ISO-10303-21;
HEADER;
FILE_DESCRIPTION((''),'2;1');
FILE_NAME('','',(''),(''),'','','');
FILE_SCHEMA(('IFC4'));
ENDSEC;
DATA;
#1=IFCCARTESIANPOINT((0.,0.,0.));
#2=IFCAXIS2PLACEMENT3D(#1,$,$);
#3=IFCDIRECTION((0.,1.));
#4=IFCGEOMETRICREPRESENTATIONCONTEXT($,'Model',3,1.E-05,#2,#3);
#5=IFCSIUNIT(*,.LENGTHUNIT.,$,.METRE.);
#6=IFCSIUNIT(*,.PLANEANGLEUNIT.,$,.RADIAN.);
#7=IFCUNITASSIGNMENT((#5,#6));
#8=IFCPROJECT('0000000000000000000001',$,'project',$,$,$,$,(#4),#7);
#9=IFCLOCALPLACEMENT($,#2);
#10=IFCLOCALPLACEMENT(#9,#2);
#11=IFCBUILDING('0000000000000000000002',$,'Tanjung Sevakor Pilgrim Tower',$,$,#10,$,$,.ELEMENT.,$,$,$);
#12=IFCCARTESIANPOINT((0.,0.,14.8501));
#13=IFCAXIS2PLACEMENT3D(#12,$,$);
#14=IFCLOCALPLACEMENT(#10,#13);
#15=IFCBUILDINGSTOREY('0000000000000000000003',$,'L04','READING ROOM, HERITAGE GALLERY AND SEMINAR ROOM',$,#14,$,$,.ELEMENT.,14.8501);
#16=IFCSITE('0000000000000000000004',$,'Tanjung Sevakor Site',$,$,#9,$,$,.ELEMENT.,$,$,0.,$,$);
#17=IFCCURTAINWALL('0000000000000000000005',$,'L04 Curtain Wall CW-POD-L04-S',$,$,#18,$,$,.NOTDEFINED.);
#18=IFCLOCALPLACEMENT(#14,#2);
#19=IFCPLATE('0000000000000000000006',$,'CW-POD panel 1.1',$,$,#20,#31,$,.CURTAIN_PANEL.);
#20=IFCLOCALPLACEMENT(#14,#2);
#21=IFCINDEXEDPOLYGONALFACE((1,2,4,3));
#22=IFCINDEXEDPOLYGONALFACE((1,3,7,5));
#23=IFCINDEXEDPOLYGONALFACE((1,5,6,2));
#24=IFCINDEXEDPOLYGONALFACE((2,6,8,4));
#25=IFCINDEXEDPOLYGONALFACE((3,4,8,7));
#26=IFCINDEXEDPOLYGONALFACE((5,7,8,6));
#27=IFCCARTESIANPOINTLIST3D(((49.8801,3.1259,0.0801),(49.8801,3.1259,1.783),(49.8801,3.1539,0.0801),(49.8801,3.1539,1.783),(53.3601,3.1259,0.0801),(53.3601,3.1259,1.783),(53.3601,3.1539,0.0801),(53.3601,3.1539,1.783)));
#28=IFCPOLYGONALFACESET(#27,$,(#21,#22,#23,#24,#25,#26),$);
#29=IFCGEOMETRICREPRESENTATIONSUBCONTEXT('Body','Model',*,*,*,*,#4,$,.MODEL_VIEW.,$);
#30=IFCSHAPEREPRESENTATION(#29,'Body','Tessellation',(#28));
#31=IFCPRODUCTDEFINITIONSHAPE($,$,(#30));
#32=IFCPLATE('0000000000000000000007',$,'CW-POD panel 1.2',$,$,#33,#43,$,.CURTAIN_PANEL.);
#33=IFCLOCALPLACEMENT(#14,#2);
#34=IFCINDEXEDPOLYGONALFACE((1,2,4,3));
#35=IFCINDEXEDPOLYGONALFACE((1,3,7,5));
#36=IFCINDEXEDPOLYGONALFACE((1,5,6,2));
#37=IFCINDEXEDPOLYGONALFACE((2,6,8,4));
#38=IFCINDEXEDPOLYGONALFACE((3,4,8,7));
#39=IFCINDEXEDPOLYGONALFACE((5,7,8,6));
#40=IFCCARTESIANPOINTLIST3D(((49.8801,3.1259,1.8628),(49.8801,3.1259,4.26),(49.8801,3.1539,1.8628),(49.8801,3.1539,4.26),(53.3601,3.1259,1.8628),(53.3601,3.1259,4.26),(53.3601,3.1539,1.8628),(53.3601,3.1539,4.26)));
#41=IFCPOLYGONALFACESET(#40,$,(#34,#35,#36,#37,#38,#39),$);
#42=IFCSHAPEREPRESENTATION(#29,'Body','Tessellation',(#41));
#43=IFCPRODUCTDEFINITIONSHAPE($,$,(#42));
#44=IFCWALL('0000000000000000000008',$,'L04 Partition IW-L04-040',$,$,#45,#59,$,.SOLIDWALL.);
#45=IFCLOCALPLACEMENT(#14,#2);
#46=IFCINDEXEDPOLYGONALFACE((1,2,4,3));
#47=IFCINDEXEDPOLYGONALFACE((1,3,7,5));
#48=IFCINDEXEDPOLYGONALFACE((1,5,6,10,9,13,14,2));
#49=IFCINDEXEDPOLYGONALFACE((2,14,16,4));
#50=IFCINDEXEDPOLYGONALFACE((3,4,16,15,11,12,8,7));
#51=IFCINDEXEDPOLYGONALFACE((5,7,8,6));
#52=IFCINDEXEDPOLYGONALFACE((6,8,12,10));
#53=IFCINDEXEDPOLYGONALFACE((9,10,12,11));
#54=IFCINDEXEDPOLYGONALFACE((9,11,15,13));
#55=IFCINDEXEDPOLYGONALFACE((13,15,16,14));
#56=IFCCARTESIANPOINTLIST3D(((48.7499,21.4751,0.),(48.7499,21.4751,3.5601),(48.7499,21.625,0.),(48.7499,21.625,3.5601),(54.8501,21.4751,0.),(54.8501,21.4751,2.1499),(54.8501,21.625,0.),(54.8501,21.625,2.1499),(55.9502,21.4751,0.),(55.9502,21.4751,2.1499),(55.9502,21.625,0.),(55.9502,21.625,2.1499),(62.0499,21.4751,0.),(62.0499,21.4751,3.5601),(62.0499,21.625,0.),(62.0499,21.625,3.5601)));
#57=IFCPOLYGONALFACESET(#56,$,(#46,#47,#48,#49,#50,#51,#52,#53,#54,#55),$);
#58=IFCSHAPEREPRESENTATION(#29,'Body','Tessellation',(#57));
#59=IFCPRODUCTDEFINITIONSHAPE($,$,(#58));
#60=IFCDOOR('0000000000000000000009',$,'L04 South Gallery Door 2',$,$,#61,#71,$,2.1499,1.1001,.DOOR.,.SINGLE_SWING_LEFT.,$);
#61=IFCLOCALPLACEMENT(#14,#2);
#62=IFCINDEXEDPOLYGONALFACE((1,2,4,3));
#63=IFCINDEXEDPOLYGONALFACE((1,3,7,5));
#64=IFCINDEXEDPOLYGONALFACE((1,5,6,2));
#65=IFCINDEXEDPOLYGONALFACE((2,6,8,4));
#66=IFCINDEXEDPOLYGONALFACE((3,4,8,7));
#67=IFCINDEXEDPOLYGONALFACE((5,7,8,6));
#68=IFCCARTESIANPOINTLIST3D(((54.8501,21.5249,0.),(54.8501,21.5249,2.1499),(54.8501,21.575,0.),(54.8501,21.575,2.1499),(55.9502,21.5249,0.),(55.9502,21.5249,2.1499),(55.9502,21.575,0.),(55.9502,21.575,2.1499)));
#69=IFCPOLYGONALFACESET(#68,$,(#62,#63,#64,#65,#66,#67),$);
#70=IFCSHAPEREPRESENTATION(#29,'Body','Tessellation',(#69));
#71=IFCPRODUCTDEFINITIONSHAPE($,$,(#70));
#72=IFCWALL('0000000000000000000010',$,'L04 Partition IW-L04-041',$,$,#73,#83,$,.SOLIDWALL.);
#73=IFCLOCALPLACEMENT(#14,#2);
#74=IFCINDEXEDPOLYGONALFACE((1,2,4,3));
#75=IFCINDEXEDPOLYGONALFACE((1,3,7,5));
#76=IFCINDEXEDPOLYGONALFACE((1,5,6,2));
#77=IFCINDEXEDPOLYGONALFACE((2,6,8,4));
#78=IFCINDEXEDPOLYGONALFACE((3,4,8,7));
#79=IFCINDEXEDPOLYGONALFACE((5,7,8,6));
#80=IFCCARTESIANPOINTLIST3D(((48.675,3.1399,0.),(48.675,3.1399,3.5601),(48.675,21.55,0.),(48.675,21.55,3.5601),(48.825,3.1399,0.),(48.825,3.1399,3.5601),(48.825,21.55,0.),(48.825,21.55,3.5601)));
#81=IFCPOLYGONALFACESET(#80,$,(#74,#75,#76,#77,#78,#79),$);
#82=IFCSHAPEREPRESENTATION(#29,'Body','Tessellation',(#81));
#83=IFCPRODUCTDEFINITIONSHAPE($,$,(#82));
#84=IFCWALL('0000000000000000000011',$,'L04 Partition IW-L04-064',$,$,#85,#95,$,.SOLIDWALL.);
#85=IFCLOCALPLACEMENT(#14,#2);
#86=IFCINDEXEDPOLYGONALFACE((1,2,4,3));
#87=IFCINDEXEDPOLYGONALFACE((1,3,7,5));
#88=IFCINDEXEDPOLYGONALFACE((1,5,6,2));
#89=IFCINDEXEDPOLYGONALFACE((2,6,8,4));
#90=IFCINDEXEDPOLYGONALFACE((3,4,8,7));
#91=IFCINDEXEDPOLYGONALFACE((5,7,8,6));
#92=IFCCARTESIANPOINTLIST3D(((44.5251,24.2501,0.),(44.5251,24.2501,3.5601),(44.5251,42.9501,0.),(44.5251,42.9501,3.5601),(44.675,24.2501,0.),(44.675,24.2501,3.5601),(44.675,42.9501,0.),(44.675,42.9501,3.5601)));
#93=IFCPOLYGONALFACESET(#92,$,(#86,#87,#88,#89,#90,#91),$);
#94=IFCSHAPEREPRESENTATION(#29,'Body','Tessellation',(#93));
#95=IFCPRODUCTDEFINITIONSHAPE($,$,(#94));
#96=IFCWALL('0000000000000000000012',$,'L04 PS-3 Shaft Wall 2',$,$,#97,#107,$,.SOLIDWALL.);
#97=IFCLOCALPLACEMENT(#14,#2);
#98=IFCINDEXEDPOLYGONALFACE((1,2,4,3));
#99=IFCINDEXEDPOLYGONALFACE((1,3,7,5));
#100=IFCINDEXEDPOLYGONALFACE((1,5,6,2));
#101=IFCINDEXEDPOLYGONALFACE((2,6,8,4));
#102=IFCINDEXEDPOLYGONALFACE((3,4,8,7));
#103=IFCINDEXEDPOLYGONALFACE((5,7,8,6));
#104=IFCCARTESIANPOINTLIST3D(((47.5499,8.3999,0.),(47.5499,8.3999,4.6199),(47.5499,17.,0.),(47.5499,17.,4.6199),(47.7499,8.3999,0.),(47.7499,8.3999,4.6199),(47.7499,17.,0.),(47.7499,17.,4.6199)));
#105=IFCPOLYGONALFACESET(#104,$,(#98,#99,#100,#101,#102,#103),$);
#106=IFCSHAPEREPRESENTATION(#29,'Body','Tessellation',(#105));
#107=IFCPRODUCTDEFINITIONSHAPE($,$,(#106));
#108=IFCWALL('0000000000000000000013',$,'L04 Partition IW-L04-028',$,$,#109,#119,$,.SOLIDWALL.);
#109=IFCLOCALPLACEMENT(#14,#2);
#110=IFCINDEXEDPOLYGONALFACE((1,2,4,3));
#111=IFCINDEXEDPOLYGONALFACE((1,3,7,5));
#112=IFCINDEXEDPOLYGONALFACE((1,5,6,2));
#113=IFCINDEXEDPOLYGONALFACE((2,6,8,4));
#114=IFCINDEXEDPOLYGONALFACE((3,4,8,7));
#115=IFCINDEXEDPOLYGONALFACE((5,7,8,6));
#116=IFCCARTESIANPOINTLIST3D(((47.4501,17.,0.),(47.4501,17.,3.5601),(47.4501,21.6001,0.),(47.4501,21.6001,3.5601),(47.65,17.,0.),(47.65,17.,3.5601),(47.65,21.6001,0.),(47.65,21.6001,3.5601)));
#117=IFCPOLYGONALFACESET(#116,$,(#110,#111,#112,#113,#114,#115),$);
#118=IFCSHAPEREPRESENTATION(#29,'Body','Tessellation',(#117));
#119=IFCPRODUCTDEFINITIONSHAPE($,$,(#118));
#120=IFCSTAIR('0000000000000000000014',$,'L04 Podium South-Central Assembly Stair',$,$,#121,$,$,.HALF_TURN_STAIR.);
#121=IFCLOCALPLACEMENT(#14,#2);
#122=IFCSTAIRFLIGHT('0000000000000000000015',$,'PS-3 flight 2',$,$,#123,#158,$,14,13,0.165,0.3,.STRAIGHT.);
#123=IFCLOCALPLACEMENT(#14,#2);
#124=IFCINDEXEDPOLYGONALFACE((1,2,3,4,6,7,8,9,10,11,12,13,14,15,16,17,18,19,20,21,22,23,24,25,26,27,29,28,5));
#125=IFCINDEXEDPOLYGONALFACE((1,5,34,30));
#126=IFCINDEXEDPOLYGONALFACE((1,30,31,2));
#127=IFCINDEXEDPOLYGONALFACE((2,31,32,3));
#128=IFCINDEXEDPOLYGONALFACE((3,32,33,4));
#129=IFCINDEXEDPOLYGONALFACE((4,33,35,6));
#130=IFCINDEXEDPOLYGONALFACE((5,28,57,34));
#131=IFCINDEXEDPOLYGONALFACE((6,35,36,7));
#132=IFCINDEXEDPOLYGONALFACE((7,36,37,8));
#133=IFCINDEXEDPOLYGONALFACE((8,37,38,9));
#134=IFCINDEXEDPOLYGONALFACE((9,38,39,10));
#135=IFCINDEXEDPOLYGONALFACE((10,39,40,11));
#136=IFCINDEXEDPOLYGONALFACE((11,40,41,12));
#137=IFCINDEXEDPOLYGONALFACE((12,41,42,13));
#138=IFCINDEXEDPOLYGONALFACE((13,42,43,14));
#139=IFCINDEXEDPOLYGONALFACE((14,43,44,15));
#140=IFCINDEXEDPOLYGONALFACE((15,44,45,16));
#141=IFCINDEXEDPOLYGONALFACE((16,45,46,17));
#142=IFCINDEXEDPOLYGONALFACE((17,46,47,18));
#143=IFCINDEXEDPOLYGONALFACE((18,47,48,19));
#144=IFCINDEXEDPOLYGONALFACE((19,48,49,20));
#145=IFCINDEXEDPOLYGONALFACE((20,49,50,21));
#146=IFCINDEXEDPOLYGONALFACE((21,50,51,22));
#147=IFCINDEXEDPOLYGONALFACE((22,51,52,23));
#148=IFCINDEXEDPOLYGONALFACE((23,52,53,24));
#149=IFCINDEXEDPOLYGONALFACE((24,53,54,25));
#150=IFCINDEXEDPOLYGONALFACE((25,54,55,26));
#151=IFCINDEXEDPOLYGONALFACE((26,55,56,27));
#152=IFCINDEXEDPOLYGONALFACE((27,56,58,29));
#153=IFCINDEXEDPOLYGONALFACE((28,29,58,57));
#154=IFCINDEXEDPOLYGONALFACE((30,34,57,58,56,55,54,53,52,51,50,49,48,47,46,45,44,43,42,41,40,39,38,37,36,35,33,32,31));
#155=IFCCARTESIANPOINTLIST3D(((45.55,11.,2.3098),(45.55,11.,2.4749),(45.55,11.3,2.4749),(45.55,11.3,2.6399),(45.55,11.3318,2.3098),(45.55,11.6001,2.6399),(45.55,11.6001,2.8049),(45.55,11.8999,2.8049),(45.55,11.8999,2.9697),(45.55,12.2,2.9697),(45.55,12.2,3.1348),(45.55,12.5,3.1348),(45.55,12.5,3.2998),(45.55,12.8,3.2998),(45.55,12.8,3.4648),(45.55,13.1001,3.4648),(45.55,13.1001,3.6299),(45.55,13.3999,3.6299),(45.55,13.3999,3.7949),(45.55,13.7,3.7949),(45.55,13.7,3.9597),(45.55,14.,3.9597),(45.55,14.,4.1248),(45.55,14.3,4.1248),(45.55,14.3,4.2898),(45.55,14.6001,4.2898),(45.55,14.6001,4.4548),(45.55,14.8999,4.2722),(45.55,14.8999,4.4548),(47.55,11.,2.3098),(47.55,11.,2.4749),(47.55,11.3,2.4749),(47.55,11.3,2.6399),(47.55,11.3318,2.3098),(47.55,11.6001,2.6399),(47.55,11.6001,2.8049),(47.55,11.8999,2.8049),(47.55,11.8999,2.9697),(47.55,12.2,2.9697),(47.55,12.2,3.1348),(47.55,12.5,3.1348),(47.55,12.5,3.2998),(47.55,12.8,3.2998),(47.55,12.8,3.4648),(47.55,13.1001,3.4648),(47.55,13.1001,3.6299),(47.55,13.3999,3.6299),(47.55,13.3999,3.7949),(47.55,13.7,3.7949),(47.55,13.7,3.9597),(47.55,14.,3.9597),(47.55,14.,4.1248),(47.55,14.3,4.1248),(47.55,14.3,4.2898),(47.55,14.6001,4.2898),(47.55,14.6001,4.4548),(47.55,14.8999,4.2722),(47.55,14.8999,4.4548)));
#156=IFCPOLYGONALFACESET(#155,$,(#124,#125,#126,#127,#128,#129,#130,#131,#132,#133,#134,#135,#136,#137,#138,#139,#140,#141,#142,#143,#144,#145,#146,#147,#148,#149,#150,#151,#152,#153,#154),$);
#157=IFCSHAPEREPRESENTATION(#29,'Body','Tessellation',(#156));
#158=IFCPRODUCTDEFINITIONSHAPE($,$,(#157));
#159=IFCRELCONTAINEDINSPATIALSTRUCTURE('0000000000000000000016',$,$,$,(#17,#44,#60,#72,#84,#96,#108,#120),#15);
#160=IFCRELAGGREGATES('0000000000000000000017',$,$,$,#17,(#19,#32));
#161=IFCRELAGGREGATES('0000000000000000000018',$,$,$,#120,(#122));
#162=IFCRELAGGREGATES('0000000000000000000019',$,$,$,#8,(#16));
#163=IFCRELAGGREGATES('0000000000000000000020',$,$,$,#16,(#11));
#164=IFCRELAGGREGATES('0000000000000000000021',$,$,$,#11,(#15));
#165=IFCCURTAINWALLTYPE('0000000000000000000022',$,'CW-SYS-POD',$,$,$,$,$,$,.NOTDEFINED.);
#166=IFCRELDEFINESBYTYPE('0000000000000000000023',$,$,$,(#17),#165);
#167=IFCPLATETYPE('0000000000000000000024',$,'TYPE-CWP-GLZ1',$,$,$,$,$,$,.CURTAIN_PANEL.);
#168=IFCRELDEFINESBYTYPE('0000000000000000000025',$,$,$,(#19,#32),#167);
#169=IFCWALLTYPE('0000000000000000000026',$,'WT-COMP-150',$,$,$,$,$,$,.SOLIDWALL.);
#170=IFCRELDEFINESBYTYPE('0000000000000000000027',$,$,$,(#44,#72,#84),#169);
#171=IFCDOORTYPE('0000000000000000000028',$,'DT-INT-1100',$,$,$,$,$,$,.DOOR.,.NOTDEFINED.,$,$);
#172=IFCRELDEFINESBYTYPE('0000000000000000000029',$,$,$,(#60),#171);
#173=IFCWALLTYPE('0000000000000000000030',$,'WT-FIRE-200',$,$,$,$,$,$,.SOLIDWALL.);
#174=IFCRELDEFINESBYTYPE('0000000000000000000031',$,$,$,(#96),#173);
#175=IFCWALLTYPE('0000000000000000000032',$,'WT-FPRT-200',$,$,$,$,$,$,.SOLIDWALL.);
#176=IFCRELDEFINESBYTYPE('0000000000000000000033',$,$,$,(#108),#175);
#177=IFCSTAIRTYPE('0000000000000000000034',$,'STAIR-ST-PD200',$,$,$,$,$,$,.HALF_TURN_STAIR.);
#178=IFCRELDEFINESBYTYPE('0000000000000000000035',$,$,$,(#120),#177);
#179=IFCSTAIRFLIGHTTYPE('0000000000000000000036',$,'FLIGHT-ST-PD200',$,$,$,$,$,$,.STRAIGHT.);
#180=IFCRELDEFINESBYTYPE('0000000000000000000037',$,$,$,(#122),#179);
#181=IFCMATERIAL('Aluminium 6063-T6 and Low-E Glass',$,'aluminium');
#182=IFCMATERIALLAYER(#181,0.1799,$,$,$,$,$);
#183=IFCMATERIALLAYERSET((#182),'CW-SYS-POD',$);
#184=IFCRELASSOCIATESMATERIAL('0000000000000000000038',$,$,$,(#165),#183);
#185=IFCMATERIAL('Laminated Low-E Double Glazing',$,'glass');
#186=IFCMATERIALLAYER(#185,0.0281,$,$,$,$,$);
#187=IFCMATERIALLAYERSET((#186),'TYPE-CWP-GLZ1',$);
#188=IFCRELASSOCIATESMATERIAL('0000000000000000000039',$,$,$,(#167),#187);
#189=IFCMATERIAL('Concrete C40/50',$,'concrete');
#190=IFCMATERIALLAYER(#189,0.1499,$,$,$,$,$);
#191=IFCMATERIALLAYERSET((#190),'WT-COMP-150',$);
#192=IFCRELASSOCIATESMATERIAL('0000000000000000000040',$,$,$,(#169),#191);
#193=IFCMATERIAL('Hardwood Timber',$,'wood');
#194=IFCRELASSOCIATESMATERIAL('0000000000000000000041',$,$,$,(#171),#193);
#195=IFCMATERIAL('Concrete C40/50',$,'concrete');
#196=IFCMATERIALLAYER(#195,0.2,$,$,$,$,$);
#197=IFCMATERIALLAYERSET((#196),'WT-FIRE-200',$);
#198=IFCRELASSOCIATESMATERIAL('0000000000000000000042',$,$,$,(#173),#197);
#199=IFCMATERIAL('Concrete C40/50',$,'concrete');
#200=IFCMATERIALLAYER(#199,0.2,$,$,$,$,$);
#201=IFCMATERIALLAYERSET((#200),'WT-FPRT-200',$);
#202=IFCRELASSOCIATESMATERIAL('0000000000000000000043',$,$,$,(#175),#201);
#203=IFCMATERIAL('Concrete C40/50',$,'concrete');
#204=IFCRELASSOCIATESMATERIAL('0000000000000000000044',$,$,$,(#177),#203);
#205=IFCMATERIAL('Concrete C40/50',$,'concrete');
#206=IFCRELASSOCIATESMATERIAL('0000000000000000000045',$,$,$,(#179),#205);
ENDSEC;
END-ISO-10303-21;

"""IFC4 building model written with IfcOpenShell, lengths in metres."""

from ifc_helpers import new_model, si_unit, direction, frame, frame_2d, origin, origin_2d, place, context, subcontext, project, spatial, polyline, rectangle, outline, extrude, material, layer, layer_set, type_object, element, fill, aggregate, save


model = new_model("IFC4")

# Units and contexts
model_context = context("Model", 3, precision=1e-05, world=origin(), true_north=direction((0.0, 1.0)))
body_context = subcontext(model_context, "Body", "Model", "MODEL_VIEW")
ifc_project = project(units=[si_unit("LENGTHUNIT", "METRE"), si_unit("PLANEANGLEUNIT", "RADIAN")], contexts=[model_context])

# Site, building, storey
site_placement = place(None, origin())
site = spatial("IfcSite", under=ifc_project, at=site_placement, Name="Tanjung Sevakor Site", CompositionType="ELEMENT", RefElevation=0.0)
building_placement = place(site_placement, origin())
building = spatial("IfcBuilding", under=site, at=building_placement, Name="Tanjung Sevakor Pilgrim Tower", CompositionType="ELEMENT")
storey_placement = place(building_placement, frame((0.0, 0.0, 14.8501)))
storey = spatial("IfcBuildingStorey", under=building, at=storey_placement, Name="L04", Description="READING ROOM, HERITAGE GALLERY AND SEMINAR ROOM", CompositionType="ELEMENT", Elevation=14.8501)

# Curtain wall, plates
ifc_material_1 = material(Name="Aluminium 6063-T6 and Low-E Glass", Category="aluminium")
ifc_layer_1 = layer(ifc_material_1, 0.1799)
ifc_layer_set_1 = layer_set([ifc_layer_1], Name="CW-SYS-POD")
curtain_wall_type = type_object("IfcCurtainWallType", Name="CW-SYS-POD", PredefinedType="NOTDEFINED", material=ifc_layer_set_1)
curtain_wall_placement = place(storey_placement, origin())
curtain_wall = element("IfcCurtainWall", 1, at=curtain_wall_placement, inside=storey, type_object=curtain_wall_type, Name="L04 Curtain Wall CW-POD-L04-S", PredefinedType="NOTDEFINED")
ifc_material_2 = material(Name="Laminated Low-E Double Glazing", Category="glass")
ifc_layer_2 = layer(ifc_material_2, 0.0281)
ifc_layer_set_2 = layer_set([ifc_layer_2], Name="TYPE-CWP-GLZ1")
plate_type = type_object("IfcPlateType", Name="TYPE-CWP-GLZ1", PredefinedType="CURTAIN_PANEL", material=ifc_layer_set_2)
plate_1_placement = place(storey_placement, frame((51.6201, 3.1399, 0.0801), z_axis=(0.0, 0.0, 1.0), x_axis=(1.0, 0.0, 0.0)))
plate_1 = element("IfcPlate", 2, at=plate_1_placement, type_object=plate_type, Name="CW-POD panel 1.1", PredefinedType="CURTAIN_PANEL", context=body_context, shape_type="SweptSolid", body=[
    extrude(rectangle(XDim=3.48, YDim=0.0281, at=origin_2d()), origin(), (0.0, 0.0, 1.0), 1.7029),
])
plate_2_placement = place(storey_placement, frame((51.6201, 3.1399, 1.8628), z_axis=(0.0, 0.0, 1.0), x_axis=(1.0, 0.0, 0.0)))
plate_2 = element("IfcPlate", 3, at=plate_2_placement, type_object=plate_type, Name="CW-POD panel 1.2", PredefinedType="CURTAIN_PANEL", context=body_context, shape_type="SweptSolid", body=[
    extrude(rectangle(XDim=3.48, YDim=0.0281, at=origin_2d()), origin(), (0.0, 0.0, 1.0), 2.3972),
])
aggregate(curtain_wall, [plate_1, plate_2])

# Wall, opening, door
ifc_material_3 = material(Name="Concrete C40/50", Category="concrete")
ifc_layer_3 = layer(ifc_material_3, 0.1499)
ifc_layer_set_3 = layer_set([ifc_layer_3], Name="WT-COMP-150")
wall_type_1 = type_object("IfcWallType", Name="WT-COMP-150", PredefinedType="SOLIDWALL", material=ifc_layer_set_3)
wall_1_placement = place(storey_placement, frame((48.75, 21.55, 0.0), z_axis=(0.0, 0.0, 1.0), x_axis=(1.0, 0.0, 0.0)))
wall_1 = element("IfcWall", 4, at=wall_1_placement, inside=storey, type_object=wall_type_1, Name="L04 Partition IW-L04-040", PredefinedType="SOLIDWALL", context=body_context, shape_type="SweptSolid", body=[
    extrude(rectangle(XDim=13.3, YDim=0.1499, at=frame_2d((6.6499, 0.0))), origin(), (0.0, 0.0, 1.0), 3.5601),
])
opening_1_placement = place(wall_1_placement, frame((6.1001, 0.0, 0.0)))
opening_1 = element("IfcOpeningElement", 5, at=opening_1_placement, cuts=wall_1, PredefinedType="OPENING", context=body_context, shape_type="SweptSolid", body=[
    extrude(rectangle(XDim=1.1001, YDim=2.1499, at=frame_2d((0.55, 1.075))), frame((0.0, 0.085, 0.0), z_axis=(0.0, -1.0, 0.0), x_axis=(1.0, 0.0, 0.0)), (0.0, 0.0, 1.0), 0.1699),
])
ifc_material_4 = material(Name="Hardwood Timber", Category="wood")
door_type_1 = type_object("IfcDoorType", Name="DT-INT-1100", OperationType="NOTDEFINED", PredefinedType="DOOR", material=ifc_material_4)
door_1_placement = place(opening_1_placement, origin())
door_1 = element("IfcDoor", 6, at=door_1_placement, inside=storey, type_object=door_type_1, Name="L04 South Gallery Door 2", OperationType="SINGLE_SWING_LEFT", OverallHeight=2.1499, OverallWidth=1.1001, PredefinedType="DOOR", context=body_context, shape_type="SweptSolid", body=[
    extrude(rectangle(XDim=1.1001, YDim=2.1499, at=frame_2d((0.55, 1.075))), frame((0.0, 0.0249, 0.0), z_axis=(0.0, -1.0, 0.0), x_axis=(1.0, 0.0, 0.0)), (0.0, 0.0, 1.0), 0.05),
])
fill(opening_1, door_1)

# Walls
wall_2_placement = place(storey_placement, frame((48.75, 3.1399, 0.0), z_axis=(0.0, 0.0, 1.0), x_axis=(0.0, 1.0, 0.0)))
element("IfcWall", 7, at=wall_2_placement, inside=storey, type_object=wall_type_1, Name="L04 Partition IW-L04-041", PredefinedType="SOLIDWALL", context=body_context, shape_type="SweptSolid", body=[
    extrude(rectangle(XDim=18.4102, YDim=0.1499, at=frame_2d((9.2051, 0.0))), origin(), (0.0, 0.0, 1.0), 3.5601),
])
wall_3_placement = place(storey_placement, frame((44.6001, 24.25, 0.0), z_axis=(0.0, 0.0, 1.0), x_axis=(0.0, 1.0, 0.0)))
element("IfcWall", 8, at=wall_3_placement, inside=storey, type_object=wall_type_1, Name="L04 Partition IW-L04-064", PredefinedType="SOLIDWALL", context=body_context, shape_type="SweptSolid", body=[
    extrude(rectangle(XDim=18.7, YDim=0.1499, at=frame_2d((9.3501, 0.0))), origin(), (0.0, 0.0, 1.0), 3.5601),
])
ifc_material_5 = material(Name="Concrete C40/50", Category="concrete")
ifc_layer_4 = layer(ifc_material_5, 0.2)
ifc_layer_set_4 = layer_set([ifc_layer_4], Name="WT-FIRE-200")
wall_type_2 = type_object("IfcWallType", Name="WT-FIRE-200", PredefinedType="SOLIDWALL", material=ifc_layer_set_4)
wall_4_placement = place(storey_placement, frame((47.6499, 8.3999, 0.0), z_axis=(0.0, 0.0, 1.0), x_axis=(0.0, 1.0, 0.0)))
element("IfcWall", 9, at=wall_4_placement, inside=storey, type_object=wall_type_2, Name="L04 PS-3 Shaft Wall 2", PredefinedType="SOLIDWALL", context=body_context, shape_type="SweptSolid", body=[
    extrude(rectangle(XDim=8.6001, YDim=0.2, at=frame_2d((4.3, 0.0))), origin(), (0.0, 0.0, 1.0), 4.6199),
])

# Wall
ifc_material_6 = material(Name="Concrete C40/50", Category="concrete")
ifc_layer_5 = layer(ifc_material_6, 0.2)
ifc_layer_set_5 = layer_set([ifc_layer_5], Name="WT-FPRT-200")
wall_type_3 = type_object("IfcWallType", Name="WT-FPRT-200", PredefinedType="SOLIDWALL", material=ifc_layer_set_5)
wall_5_placement = place(storey_placement, frame((47.55, 17.0, 0.0), z_axis=(0.0, 0.0, 1.0), x_axis=(0.0, 1.0, 0.0)))
element("IfcWall", 10, at=wall_5_placement, inside=storey, type_object=wall_type_3, Name="L04 Partition IW-L04-028", PredefinedType="SOLIDWALL", context=body_context, shape_type="SweptSolid", body=[
    extrude(rectangle(XDim=4.6001, YDim=0.2, at=frame_2d((2.3, 0.0))), origin(), (0.0, 0.0, 1.0), 3.5601),
])

# Stair, stair flight
ifc_material_7 = material(Name="Concrete C40/50", Category="concrete")
stair_type = type_object("IfcStairType", Name="STAIR-ST-PD200", PredefinedType="HALF_TURN_STAIR", material=ifc_material_7)
stair_placement = place(storey_placement, origin())
stair = element("IfcStair", 11, at=stair_placement, inside=storey, type_object=stair_type, Name="L04 Podium South-Central Assembly Stair", PredefinedType="HALF_TURN_STAIR")
ifc_material_8 = material(Name="Concrete C40/50", Category="concrete")
stair_flight_type = type_object("IfcStairFlightType", Name="FLIGHT-ST-PD200", PredefinedType="STRAIGHT", material=ifc_material_8)
stair_flight_placement = place(storey_placement, frame((46.55, 11.0, 2.3098), z_axis=(0.0, 0.0, 1.0), x_axis=(0.0, 1.0, 0.0)))
stair_flight = element("IfcStairFlight", 12, at=stair_flight_placement, type_object=stair_flight_type, Name="PS-3 flight 2", NumberOfRisers=14, NumberOfTreads=13, PredefinedType="STRAIGHT", RiserHeight=0.165, TreadLength=0.3, context=body_context, shape_type="SweptSolid", body=[
    extrude(outline(polyline([(0.0, 0.0), (0.0, 0.165), (0.3, 0.165), (0.3, 0.3301), (0.6001, 0.3301), (0.6001, 0.4951), (0.8999, 0.4951), (0.8999, 0.6599), (1.2, 0.6599), (1.2, 0.825), (1.5, 0.825), (1.5, 0.99), (1.8, 0.99), (1.8, 1.155), (2.1001, 1.155), (2.1001, 1.3201), (2.3999, 1.3201), (2.3999, 1.4851), (2.7, 1.4851), (2.7, 1.6499), (3.0, 1.6499), (3.0, 1.8149), (3.3, 1.8149), (3.3, 1.98), (3.6001, 1.98), (3.6001, 2.145), (3.8999, 2.145), (3.8999, 2.3101), (3.8999, 1.9624), (0.3318, 0.0), (0.0, 0.0)])), frame((0.0, 1.0, 0.0), z_axis=(0.0, -1.0, 0.0), x_axis=(1.0, 0.0, 0.0)), (0.0, 0.0, 1.0), 2.0),
])
aggregate(stair, [stair_flight])

save(model, "model.ifc")
